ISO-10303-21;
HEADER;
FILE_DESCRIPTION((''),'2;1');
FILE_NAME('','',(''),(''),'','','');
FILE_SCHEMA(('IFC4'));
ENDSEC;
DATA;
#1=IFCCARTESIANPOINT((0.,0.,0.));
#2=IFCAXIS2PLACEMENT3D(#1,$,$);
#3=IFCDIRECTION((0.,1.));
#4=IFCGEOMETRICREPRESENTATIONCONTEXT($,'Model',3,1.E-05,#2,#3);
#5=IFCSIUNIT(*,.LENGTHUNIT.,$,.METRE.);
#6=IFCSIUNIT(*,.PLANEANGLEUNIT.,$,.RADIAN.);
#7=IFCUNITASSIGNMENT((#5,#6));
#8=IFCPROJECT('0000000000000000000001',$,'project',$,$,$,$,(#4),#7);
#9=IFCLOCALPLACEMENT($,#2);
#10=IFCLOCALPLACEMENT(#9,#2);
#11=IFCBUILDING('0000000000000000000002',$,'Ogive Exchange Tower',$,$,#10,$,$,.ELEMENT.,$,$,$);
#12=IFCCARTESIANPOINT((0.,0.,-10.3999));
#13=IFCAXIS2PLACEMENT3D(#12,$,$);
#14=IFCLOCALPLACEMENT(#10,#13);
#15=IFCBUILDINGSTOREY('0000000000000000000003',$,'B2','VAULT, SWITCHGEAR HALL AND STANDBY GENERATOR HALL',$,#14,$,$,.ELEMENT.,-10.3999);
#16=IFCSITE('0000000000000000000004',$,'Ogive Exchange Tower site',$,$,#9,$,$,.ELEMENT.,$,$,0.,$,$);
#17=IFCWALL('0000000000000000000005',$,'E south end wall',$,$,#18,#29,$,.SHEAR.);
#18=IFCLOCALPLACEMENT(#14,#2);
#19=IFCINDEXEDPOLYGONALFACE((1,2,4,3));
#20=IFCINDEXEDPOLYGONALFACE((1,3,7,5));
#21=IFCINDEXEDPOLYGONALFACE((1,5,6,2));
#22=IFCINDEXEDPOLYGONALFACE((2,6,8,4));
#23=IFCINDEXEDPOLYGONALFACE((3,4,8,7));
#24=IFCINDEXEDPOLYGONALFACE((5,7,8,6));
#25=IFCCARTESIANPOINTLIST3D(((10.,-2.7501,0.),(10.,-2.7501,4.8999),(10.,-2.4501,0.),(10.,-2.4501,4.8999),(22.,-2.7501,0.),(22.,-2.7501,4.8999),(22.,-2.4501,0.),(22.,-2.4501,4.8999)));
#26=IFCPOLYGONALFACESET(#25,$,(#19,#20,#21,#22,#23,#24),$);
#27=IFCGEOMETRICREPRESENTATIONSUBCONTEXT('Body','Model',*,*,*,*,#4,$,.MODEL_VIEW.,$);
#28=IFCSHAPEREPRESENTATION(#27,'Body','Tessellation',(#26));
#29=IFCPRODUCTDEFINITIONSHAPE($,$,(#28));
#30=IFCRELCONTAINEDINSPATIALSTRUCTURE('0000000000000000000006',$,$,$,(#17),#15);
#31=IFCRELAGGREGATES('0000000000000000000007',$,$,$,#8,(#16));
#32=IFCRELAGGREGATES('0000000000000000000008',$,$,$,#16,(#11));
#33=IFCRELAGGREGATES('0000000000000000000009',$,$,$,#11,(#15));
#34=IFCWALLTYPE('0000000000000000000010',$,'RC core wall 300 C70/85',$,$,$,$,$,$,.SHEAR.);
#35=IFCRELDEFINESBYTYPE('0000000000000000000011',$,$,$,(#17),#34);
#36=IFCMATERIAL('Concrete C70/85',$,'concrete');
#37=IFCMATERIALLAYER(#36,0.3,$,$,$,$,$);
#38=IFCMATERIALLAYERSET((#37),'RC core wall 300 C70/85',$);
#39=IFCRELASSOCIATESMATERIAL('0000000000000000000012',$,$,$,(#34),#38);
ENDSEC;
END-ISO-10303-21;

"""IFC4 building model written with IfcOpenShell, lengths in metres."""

from ifc_helpers import new_model, si_unit, direction, frame, frame_2d, origin, place, context, subcontext, project, spatial, rectangle, extrude, material, layer, layer_set, type_object, element, save


model = new_model("IFC4")

# Units and contexts
model_context = context("Model", 3, precision=1e-05, world=origin(), true_north=direction((0.0, 1.0)))
body_context = subcontext(model_context, "Body", "Model", "MODEL_VIEW")
ifc_project = project(units=[si_unit("LENGTHUNIT", "METRE"), si_unit("PLANEANGLEUNIT", "RADIAN")], contexts=[model_context])

# Site, building, storey
site_placement = place(None, origin())
site = spatial("IfcSite", under=ifc_project, at=site_placement, Name="Ogive Exchange Tower site", CompositionType="ELEMENT", RefElevation=0.0)
building_placement = place(site_placement, origin())
building = spatial("IfcBuilding", under=site, at=building_placement, Name="Ogive Exchange Tower", CompositionType="ELEMENT")
storey_placement = place(building_placement, frame((0.0, 0.0, -10.3999)))
storey = spatial("IfcBuildingStorey", under=building, at=storey_placement, Name="B2", Description="VAULT, SWITCHGEAR HALL AND STANDBY GENERATOR HALL", CompositionType="ELEMENT", Elevation=-10.3999)

# Shared definitions
ifc_material_1 = material(Name="Concrete C70/85", Category="concrete")

# Wall
ifc_layer_1 = layer(ifc_material_1, 0.3)
ifc_layer_set_1 = layer_set([ifc_layer_1], Name="RC core wall 300 C70/85")
wall_type_1 = type_object("IfcWallType", Name="RC core wall 300 C70/85", PredefinedType="SHEAR", material=ifc_layer_set_1)
wall_1_placement = place(storey_placement, frame((10.0, -2.6001, 0.0), z_axis=(0.0, 0.0, 1.0), x_axis=(1.0, 0.0, 0.0)))
element("IfcWall", 1, at=wall_1_placement, inside=storey, type_object=wall_type_1, Name="E south end wall", PredefinedType="SHEAR", context=body_context, shape_type="SweptSolid", body=[
    extrude(rectangle(XDim=12.0, YDim=0.3, at=frame_2d((6.0, 0.0))), origin(), (0.0, 0.0, 1.0), 4.8999),
])

save(model, "model.ifc")
